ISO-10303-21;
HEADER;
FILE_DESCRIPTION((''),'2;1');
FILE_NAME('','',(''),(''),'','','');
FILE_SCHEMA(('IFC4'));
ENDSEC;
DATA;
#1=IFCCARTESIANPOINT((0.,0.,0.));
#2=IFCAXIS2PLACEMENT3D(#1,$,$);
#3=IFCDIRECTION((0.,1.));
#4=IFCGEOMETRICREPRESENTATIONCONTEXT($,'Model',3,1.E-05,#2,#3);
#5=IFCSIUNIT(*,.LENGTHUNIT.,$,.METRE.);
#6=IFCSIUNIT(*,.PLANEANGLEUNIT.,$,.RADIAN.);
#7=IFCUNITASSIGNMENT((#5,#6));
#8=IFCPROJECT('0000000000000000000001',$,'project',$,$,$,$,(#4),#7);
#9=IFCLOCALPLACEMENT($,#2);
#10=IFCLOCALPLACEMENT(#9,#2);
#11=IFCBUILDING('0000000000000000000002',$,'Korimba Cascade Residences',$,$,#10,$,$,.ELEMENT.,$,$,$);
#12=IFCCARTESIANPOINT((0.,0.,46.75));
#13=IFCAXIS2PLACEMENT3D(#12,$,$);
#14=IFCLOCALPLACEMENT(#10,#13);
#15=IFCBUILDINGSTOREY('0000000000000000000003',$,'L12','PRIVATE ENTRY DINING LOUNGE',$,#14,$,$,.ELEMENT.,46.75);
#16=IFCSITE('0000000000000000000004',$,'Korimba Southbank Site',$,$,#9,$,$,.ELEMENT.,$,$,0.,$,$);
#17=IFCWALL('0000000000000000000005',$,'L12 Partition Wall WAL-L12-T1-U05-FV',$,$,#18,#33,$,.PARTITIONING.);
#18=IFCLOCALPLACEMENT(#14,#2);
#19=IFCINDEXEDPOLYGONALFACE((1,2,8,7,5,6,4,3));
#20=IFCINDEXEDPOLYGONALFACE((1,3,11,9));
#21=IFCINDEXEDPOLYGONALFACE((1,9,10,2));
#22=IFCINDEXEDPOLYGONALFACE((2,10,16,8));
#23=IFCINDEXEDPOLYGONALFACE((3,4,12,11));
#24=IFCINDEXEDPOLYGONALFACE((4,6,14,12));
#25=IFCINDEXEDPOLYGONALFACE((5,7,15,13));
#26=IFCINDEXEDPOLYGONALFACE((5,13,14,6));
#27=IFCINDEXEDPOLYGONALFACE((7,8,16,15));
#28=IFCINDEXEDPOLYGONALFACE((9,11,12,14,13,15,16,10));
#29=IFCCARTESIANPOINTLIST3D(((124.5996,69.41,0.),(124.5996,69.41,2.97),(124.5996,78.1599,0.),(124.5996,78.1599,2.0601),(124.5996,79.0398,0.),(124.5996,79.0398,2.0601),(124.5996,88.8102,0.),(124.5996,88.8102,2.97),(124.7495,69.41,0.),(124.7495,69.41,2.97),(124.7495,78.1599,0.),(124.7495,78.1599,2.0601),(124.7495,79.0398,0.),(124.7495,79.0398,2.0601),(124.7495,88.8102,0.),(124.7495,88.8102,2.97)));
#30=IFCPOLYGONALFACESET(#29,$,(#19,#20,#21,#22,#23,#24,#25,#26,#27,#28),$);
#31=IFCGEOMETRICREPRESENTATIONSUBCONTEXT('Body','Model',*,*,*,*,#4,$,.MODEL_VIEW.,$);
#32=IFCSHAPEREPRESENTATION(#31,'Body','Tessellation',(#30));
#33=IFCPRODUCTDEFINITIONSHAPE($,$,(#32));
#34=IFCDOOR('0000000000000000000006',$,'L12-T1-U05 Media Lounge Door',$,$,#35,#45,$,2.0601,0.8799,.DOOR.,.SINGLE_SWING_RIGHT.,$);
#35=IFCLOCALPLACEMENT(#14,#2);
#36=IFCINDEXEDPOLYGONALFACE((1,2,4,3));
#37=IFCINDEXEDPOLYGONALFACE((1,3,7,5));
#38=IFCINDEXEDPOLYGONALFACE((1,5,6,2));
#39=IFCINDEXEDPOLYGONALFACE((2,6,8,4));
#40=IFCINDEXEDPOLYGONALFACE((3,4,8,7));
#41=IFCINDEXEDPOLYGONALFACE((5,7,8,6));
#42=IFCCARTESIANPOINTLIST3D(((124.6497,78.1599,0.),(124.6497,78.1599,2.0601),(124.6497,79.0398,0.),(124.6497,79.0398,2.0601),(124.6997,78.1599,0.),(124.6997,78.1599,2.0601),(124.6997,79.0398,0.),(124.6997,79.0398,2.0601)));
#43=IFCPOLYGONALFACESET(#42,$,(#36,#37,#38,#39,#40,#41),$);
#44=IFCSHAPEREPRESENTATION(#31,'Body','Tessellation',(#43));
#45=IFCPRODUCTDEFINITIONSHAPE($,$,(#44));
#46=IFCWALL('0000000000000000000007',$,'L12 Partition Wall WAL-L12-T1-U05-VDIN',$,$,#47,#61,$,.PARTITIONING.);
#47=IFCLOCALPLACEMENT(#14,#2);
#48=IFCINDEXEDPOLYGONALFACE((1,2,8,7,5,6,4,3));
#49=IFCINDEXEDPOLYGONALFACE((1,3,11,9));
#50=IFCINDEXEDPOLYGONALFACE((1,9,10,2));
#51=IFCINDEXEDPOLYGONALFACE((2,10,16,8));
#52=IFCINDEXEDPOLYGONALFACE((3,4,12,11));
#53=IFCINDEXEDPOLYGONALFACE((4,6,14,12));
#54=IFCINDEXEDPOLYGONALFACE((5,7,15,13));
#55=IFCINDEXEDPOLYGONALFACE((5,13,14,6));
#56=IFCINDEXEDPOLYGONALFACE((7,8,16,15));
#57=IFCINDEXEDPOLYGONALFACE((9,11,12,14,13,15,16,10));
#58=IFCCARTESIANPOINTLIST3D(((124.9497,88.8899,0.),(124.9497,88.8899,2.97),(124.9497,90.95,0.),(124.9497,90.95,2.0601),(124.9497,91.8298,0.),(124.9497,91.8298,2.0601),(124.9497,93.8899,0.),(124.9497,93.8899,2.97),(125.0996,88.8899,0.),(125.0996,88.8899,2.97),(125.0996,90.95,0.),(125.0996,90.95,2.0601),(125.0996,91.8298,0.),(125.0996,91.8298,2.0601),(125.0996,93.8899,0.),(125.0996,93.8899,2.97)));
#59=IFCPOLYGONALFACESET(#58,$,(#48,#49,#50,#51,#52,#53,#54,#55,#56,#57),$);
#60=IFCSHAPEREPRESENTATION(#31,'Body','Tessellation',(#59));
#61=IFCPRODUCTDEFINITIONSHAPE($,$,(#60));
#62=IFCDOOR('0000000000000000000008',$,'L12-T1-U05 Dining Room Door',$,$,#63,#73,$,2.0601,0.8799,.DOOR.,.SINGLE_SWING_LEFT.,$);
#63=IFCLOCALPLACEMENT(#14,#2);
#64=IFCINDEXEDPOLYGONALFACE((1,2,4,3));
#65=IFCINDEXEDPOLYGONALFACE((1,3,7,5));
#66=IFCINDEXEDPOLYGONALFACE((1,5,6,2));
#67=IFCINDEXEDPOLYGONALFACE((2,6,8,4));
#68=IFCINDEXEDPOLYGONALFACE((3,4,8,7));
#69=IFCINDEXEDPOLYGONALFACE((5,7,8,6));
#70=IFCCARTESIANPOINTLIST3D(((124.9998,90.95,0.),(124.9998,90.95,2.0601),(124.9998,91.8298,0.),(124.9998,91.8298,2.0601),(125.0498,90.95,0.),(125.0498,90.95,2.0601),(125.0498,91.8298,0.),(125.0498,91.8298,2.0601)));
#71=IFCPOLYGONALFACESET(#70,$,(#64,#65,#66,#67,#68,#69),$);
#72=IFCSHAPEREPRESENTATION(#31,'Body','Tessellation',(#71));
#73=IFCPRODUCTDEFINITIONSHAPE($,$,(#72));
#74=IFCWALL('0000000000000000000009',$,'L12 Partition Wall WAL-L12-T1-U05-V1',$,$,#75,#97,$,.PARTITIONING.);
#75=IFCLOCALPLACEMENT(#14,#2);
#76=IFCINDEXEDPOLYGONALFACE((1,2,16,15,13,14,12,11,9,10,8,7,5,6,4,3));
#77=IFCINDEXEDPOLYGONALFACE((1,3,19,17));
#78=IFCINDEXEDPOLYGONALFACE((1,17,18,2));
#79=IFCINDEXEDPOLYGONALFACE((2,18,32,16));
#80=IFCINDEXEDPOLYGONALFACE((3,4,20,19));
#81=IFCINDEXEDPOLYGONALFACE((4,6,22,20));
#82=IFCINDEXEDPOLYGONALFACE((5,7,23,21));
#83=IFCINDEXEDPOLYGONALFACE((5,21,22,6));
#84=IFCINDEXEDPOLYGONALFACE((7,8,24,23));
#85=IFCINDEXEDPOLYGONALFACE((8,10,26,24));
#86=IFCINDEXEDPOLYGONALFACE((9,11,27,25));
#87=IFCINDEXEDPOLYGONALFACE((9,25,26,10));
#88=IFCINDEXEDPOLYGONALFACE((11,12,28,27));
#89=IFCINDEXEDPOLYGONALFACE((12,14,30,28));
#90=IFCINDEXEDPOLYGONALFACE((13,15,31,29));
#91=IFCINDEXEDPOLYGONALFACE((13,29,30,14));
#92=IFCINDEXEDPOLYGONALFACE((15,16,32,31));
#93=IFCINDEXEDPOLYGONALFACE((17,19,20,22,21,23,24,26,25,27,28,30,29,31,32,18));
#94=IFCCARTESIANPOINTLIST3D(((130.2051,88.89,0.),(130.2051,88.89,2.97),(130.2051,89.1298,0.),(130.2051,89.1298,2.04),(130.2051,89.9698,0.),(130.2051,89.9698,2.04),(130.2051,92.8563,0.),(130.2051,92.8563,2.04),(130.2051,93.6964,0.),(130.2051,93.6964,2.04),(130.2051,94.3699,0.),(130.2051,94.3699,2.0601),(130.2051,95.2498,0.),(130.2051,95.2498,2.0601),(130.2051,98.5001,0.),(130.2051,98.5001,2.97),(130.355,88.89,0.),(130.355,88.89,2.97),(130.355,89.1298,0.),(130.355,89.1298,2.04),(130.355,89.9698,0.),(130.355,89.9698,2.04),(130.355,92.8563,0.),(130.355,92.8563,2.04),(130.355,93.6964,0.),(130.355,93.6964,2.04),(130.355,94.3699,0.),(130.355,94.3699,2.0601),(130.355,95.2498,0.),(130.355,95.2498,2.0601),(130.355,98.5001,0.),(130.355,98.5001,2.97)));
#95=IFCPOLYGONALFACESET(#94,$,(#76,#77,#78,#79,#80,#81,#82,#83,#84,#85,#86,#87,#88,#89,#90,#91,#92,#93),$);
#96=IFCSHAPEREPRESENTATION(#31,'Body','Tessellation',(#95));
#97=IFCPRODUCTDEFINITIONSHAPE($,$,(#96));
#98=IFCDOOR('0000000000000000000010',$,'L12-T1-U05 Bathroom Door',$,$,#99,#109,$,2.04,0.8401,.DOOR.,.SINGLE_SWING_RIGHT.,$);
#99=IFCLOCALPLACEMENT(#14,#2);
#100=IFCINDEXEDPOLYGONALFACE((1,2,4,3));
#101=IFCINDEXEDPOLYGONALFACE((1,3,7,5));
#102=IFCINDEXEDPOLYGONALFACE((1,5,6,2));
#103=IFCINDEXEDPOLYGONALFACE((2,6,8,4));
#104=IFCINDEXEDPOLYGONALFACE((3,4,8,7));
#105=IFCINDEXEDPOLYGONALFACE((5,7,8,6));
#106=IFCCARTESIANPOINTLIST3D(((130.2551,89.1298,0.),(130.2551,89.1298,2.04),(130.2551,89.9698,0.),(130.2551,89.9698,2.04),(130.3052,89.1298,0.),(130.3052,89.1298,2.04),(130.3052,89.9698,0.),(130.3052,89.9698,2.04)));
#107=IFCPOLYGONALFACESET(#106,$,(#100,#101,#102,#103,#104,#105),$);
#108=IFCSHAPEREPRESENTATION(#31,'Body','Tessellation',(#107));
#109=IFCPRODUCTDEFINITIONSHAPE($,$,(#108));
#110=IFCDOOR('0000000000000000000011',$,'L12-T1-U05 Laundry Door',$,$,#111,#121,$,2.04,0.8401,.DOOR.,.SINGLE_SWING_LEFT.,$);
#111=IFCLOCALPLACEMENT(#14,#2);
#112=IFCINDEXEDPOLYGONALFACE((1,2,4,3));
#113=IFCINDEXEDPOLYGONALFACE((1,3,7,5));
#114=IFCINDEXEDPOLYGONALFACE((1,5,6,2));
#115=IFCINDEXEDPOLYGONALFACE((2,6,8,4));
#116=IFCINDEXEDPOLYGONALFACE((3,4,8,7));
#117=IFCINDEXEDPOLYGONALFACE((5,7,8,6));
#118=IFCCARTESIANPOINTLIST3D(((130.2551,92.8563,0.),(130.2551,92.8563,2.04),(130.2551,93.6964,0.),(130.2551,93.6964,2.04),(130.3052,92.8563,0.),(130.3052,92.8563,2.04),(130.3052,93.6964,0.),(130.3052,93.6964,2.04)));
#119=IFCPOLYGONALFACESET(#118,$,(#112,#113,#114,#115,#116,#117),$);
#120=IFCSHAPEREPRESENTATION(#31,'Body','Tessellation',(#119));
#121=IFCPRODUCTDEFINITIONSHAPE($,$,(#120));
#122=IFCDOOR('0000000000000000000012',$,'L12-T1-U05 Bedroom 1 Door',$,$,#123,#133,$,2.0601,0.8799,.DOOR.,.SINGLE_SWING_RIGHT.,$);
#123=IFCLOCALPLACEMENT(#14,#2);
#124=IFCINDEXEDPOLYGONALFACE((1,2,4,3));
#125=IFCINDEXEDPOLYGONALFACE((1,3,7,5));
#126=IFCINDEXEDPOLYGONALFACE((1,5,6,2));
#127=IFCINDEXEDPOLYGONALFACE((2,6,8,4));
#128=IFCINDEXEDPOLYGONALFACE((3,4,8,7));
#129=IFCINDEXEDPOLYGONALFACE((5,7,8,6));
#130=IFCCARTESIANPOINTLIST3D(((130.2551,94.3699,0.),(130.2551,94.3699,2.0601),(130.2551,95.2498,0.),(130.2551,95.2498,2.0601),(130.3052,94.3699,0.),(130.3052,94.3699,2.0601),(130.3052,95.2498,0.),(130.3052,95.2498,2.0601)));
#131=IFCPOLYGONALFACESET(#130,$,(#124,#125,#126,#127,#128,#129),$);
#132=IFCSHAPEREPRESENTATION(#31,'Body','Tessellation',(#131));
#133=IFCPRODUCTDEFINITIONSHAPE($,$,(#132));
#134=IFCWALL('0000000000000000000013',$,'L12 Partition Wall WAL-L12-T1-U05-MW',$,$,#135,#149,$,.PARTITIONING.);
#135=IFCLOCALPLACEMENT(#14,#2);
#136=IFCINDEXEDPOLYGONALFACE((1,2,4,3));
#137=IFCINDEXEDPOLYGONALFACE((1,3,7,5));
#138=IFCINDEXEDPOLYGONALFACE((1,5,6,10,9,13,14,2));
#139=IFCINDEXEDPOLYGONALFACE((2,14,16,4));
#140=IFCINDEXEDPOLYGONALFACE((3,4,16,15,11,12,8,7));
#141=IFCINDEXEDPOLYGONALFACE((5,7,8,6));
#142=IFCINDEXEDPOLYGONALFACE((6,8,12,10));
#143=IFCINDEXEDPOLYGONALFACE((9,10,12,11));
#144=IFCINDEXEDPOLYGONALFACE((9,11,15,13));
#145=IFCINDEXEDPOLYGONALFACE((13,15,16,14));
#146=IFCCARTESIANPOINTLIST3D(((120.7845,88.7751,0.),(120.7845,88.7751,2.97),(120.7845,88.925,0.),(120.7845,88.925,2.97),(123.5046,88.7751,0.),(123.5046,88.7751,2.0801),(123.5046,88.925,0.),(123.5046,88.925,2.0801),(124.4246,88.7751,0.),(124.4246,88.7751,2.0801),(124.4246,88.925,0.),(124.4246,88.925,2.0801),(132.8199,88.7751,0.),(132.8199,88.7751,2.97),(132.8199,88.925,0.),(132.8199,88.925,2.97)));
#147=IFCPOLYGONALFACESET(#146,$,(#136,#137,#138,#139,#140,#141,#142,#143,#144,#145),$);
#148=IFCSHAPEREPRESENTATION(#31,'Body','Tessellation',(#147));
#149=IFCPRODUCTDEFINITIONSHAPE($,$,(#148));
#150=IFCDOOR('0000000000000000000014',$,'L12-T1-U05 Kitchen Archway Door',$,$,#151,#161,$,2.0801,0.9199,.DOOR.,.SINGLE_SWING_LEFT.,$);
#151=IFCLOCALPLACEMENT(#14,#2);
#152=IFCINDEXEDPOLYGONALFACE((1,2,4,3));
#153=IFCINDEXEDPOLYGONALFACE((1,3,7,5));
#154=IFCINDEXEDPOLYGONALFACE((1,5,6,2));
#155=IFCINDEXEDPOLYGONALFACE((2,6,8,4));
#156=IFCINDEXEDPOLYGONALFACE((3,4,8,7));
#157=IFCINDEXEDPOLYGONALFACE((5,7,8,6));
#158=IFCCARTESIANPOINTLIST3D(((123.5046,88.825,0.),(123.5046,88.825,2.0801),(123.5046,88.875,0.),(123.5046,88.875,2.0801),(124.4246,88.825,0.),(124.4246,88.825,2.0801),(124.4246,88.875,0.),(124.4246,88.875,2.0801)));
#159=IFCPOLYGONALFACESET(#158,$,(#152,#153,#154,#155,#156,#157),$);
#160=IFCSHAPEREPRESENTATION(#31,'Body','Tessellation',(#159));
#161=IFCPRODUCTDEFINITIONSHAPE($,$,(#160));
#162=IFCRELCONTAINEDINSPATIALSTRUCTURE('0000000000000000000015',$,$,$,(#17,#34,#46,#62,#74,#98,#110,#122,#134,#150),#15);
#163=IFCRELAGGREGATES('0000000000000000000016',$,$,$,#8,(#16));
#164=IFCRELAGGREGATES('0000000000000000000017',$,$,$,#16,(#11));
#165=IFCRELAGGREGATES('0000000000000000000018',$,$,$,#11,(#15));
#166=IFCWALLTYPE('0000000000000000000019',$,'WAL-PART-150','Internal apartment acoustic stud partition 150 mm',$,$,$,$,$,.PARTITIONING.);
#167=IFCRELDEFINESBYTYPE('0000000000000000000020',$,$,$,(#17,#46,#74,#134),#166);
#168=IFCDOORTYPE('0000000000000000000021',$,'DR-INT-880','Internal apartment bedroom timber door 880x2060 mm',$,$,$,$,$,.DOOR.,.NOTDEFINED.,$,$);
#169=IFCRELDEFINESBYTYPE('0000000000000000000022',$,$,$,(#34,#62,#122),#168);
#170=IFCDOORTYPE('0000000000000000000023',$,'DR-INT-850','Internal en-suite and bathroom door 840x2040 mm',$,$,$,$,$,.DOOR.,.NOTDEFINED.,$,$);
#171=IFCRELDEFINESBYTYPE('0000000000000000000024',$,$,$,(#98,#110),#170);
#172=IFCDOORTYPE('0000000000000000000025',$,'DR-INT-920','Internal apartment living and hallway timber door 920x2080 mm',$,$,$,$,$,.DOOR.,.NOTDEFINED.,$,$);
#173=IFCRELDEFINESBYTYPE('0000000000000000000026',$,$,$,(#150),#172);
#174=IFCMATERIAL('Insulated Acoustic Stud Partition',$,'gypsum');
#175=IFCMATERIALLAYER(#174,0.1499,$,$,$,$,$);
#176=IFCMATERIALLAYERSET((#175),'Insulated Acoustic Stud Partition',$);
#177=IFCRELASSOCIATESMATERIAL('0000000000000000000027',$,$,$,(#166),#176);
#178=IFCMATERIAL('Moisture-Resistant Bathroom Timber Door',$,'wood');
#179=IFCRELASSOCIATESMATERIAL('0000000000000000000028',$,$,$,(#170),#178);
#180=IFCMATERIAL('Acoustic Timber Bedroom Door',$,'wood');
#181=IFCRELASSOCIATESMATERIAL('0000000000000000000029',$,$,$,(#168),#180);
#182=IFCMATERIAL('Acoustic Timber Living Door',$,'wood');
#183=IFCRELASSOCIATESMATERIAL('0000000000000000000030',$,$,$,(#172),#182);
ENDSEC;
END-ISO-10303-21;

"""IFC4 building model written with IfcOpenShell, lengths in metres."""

from ifc_helpers import new_model, si_unit, direction, frame, frame_2d, origin, place, context, subcontext, project, spatial, rectangle, extrude, material, layer, layer_set, type_object, element, fill, save


model = new_model("IFC4")

# Units and contexts
model_context = context("Model", 3, precision=1e-05, world=origin(), true_north=direction((0.0, 1.0)))
body_context = subcontext(model_context, "Body", "Model", "MODEL_VIEW")
ifc_project = project(units=[si_unit("LENGTHUNIT", "METRE"), si_unit("PLANEANGLEUNIT", "RADIAN")], contexts=[model_context])

# Site, building, storey
site_placement = place(None, origin())
site = spatial("IfcSite", under=ifc_project, at=site_placement, Name="Korimba Southbank Site", CompositionType="ELEMENT", RefElevation=0.0)
building_placement = place(site_placement, origin())
building = spatial("IfcBuilding", under=site, at=building_placement, Name="Korimba Cascade Residences", CompositionType="ELEMENT")
storey_placement = place(building_placement, frame((0.0, 0.0, 46.75)))
storey = spatial("IfcBuildingStorey", under=building, at=storey_placement, Name="L12", Description="PRIVATE ENTRY DINING LOUNGE", CompositionType="ELEMENT", Elevation=46.75)

# Walls, openings, doors
ifc_material_1 = material(Name="Insulated Acoustic Stud Partition", Category="gypsum")
ifc_layer_1 = layer(ifc_material_1, 0.1499)
ifc_layer_set_1 = layer_set([ifc_layer_1], Name="Insulated Acoustic Stud Partition")
wall_type_1 = type_object("IfcWallType", Name="WAL-PART-150", Description="Internal apartment acoustic stud partition 150 mm", PredefinedType="PARTITIONING", material=ifc_layer_set_1)
ifc_material_2 = material(Name="Moisture-Resistant Bathroom Timber Door", Category="wood")
door_type_1 = type_object("IfcDoorType", Name="DR-INT-850", Description="Internal en-suite and bathroom door 840x2040 mm", OperationType="NOTDEFINED", PredefinedType="DOOR", material=ifc_material_2)
ifc_material_3 = material(Name="Acoustic Timber Bedroom Door", Category="wood")
door_type_2 = type_object("IfcDoorType", Name="DR-INT-880", Description="Internal apartment bedroom timber door 880x2060 mm", OperationType="NOTDEFINED", PredefinedType="DOOR", material=ifc_material_3)
wall_1_placement = place(storey_placement, frame((124.6746, 69.4099, 0.0), z_axis=(0.0, 0.0, 1.0), x_axis=(0.0, 1.0, 0.0)))
wall_1 = element("IfcWall", 1, at=wall_1_placement, inside=storey, type_object=wall_type_1, Name="L12 Partition Wall WAL-L12-T1-U05-FV", PredefinedType="PARTITIONING", context=body_context, shape_type="SweptSolid", body=[
    extrude(rectangle(XDim=19.4001, YDim=0.1499, at=frame_2d((9.7002, 0.0))), origin(), (0.0, 0.0, 1.0), 2.97),
])
opening_1_placement = place(wall_1_placement, frame((8.75, 0.0, 0.0)))
opening_1 = element("IfcOpeningElement", 2, at=opening_1_placement, cuts=wall_1, PredefinedType="OPENING", context=body_context, shape_type="SweptSolid", body=[
    extrude(rectangle(XDim=0.8799, YDim=2.0601, at=frame_2d((0.4399, 1.03))), frame((0.0, 0.085, 0.0), z_axis=(0.0, -1.0, 0.0), x_axis=(1.0, 0.0, 0.0)), (0.0, 0.0, 1.0), 0.1699),
])
door_1_placement = place(opening_1_placement, origin())
door_1 = element("IfcDoor", 3, at=door_1_placement, inside=storey, type_object=door_type_2, Name="L12-T1-U05 Media Lounge Door", OperationType="SINGLE_SWING_RIGHT", OverallHeight=2.0601, OverallWidth=0.8799, PredefinedType="DOOR", context=body_context, shape_type="SweptSolid", body=[
    extrude(rectangle(XDim=0.8799, YDim=2.0601, at=frame_2d((0.4399, 1.03))), frame((0.0, 0.0249, 0.0), z_axis=(0.0, -1.0, 0.0), x_axis=(1.0, 0.0, 0.0)), (0.0, 0.0, 1.0), 0.05),
])
fill(opening_1, door_1)
wall_2_placement = place(storey_placement, frame((125.0247, 88.8899, 0.0), z_axis=(0.0, 0.0, 1.0), x_axis=(0.0, 1.0, 0.0)))
wall_2 = element("IfcWall", 4, at=wall_2_placement, inside=storey, type_object=wall_type_1, Name="L12 Partition Wall WAL-L12-T1-U05-VDIN", PredefinedType="PARTITIONING", context=body_context, shape_type="SweptSolid", body=[
    extrude(rectangle(XDim=5.0, YDim=0.1499, at=frame_2d((2.5, 0.0))), origin(), (0.0, 0.0, 1.0), 2.97),
])
opening_2_placement = place(wall_2_placement, frame((2.0601, 0.0, 0.0)))
opening_2 = element("IfcOpeningElement", 5, at=opening_2_placement, cuts=wall_2, PredefinedType="OPENING", context=body_context, shape_type="SweptSolid", body=[
    extrude(rectangle(XDim=0.8799, YDim=2.0601, at=frame_2d((0.4399, 1.03))), frame((0.0, 0.085, 0.0), z_axis=(0.0, -1.0, 0.0), x_axis=(1.0, 0.0, 0.0)), (0.0, 0.0, 1.0), 0.1699),
])
door_2_placement = place(opening_2_placement, origin())
door_2 = element("IfcDoor", 6, at=door_2_placement, inside=storey, type_object=door_type_2, Name="L12-T1-U05 Dining Room Door", OperationType="SINGLE_SWING_LEFT", OverallHeight=2.0601, OverallWidth=0.8799, PredefinedType="DOOR", context=body_context, shape_type="SweptSolid", body=[
    extrude(rectangle(XDim=0.8799, YDim=2.0601, at=frame_2d((0.4399, 1.03))), frame((0.0, 0.0249, 0.0), z_axis=(0.0, -1.0, 0.0), x_axis=(1.0, 0.0, 0.0)), (0.0, 0.0, 1.0), 0.05),
])
fill(opening_2, door_2)

# Wall, openings, doors
wall_3_placement = place(storey_placement, frame((130.28, 88.8899, 0.0), z_axis=(0.0, 0.0, 1.0), x_axis=(0.0, 1.0, 0.0)))
wall_3 = element("IfcWall", 7, at=wall_3_placement, inside=storey, type_object=wall_type_1, Name="L12 Partition Wall WAL-L12-T1-U05-V1", PredefinedType="PARTITIONING", context=body_context, shape_type="SweptSolid", body=[
    extrude(rectangle(XDim=9.6101, YDim=0.1499, at=frame_2d((4.8052, 0.0))), origin(), (0.0, 0.0, 1.0), 2.97),
])
opening_3_placement = place(wall_3_placement, frame((0.24, 0.0, 0.0)))
opening_3 = element("IfcOpeningElement", 8, at=opening_3_placement, cuts=wall_3, PredefinedType="OPENING", context=body_context, shape_type="SweptSolid", body=[
    extrude(rectangle(XDim=0.8401, YDim=2.04, at=frame_2d((0.4199, 1.02))), frame((0.0, 0.085, 0.0), z_axis=(0.0, -1.0, 0.0), x_axis=(1.0, 0.0, 0.0)), (0.0, 0.0, 1.0), 0.1699),
])
opening_4_placement = place(wall_3_placement, frame((3.9666, 0.0, 0.0)))
opening_4 = element("IfcOpeningElement", 9, at=opening_4_placement, cuts=wall_3, PredefinedType="OPENING", context=body_context, shape_type="SweptSolid", body=[
    extrude(rectangle(XDim=0.8401, YDim=2.04, at=frame_2d((0.4199, 1.02))), frame((0.0, 0.085, 0.0), z_axis=(0.0, -1.0, 0.0), x_axis=(1.0, 0.0, 0.0)), (0.0, 0.0, 1.0), 0.1699),
])
opening_5_placement = place(wall_3_placement, frame((5.48, 0.0, 0.0)))
opening_5 = element("IfcOpeningElement", 10, at=opening_5_placement, cuts=wall_3, PredefinedType="OPENING", context=body_context, shape_type="SweptSolid", body=[
    extrude(rectangle(XDim=0.8799, YDim=2.0601, at=frame_2d((0.4399, 1.03))), frame((0.0, 0.085, 0.0), z_axis=(0.0, -1.0, 0.0), x_axis=(1.0, 0.0, 0.0)), (0.0, 0.0, 1.0), 0.1699),
])
door_3_placement = place(opening_3_placement, origin())
door_3 = element("IfcDoor", 11, at=door_3_placement, inside=storey, type_object=door_type_1, Name="L12-T1-U05 Bathroom Door", OperationType="SINGLE_SWING_RIGHT", OverallHeight=2.04, OverallWidth=0.8401, PredefinedType="DOOR", context=body_context, shape_type="SweptSolid", body=[
    extrude(rectangle(XDim=0.8401, YDim=2.04, at=frame_2d((0.4199, 1.02))), frame((0.0, 0.0249, 0.0), z_axis=(0.0, -1.0, 0.0), x_axis=(1.0, 0.0, 0.0)), (0.0, 0.0, 1.0), 0.05),
])
fill(opening_3, door_3)
door_4_placement = place(opening_4_placement, origin())
door_4 = element("IfcDoor", 12, at=door_4_placement, inside=storey, type_object=door_type_1, Name="L12-T1-U05 Laundry Door", OperationType="SINGLE_SWING_LEFT", OverallHeight=2.04, OverallWidth=0.8401, PredefinedType="DOOR", context=body_context, shape_type="SweptSolid", body=[
    extrude(rectangle(XDim=0.8401, YDim=2.04, at=frame_2d((0.4199, 1.02))), frame((0.0, 0.0249, 0.0), z_axis=(0.0, -1.0, 0.0), x_axis=(1.0, 0.0, 0.0)), (0.0, 0.0, 1.0), 0.05),
])
fill(opening_4, door_4)
door_5_placement = place(opening_5_placement, origin())
door_5 = element("IfcDoor", 13, at=door_5_placement, inside=storey, type_object=door_type_2, Name="L12-T1-U05 Bedroom 1 Door", OperationType="SINGLE_SWING_RIGHT", OverallHeight=2.0601, OverallWidth=0.8799, PredefinedType="DOOR", context=body_context, shape_type="SweptSolid", body=[
    extrude(rectangle(XDim=0.8799, YDim=2.0601, at=frame_2d((0.4399, 1.03))), frame((0.0, 0.0249, 0.0), z_axis=(0.0, -1.0, 0.0), x_axis=(1.0, 0.0, 0.0)), (0.0, 0.0, 1.0), 0.05),
])
fill(opening_5, door_5)

# Wall, opening, door
wall_4_placement = place(storey_placement, frame((120.7847, 88.8501, 0.0), z_axis=(0.0, 0.0, 1.0), x_axis=(1.0, 0.0, 0.0)))
wall_4 = element("IfcWall", 14, at=wall_4_placement, inside=storey, type_object=wall_type_1, Name="L12 Partition Wall WAL-L12-T1-U05-MW", PredefinedType="PARTITIONING", context=body_context, shape_type="SweptSolid", body=[
    extrude(rectangle(XDim=12.0354, YDim=0.1499, at=frame_2d((6.0176, 0.0))), origin(), (0.0, 0.0, 1.0), 2.97),
])
opening_6_placement = place(wall_4_placement, frame((2.72, 0.0, 0.0)))
opening_6 = element("IfcOpeningElement", 15, at=opening_6_placement, cuts=wall_4, PredefinedType="OPENING", context=body_context, shape_type="SweptSolid", body=[
    extrude(rectangle(XDim=0.9199, YDim=2.0801, at=frame_2d((0.46, 1.04))), frame((0.0, 0.085, 0.0), z_axis=(0.0, -1.0, 0.0), x_axis=(1.0, 0.0, 0.0)), (0.0, 0.0, 1.0), 0.1699),
])
ifc_material_4 = material(Name="Acoustic Timber Living Door", Category="wood")
door_type_3 = type_object("IfcDoorType", Name="DR-INT-920", Description="Internal apartment living and hallway timber door 920x2080 mm", OperationType="NOTDEFINED", PredefinedType="DOOR", material=ifc_material_4)
door_6_placement = place(opening_6_placement, origin())
door_6 = element("IfcDoor", 16, at=door_6_placement, inside=storey, type_object=door_type_3, Name="L12-T1-U05 Kitchen Archway Door", OperationType="SINGLE_SWING_LEFT", OverallHeight=2.0801, OverallWidth=0.9199, PredefinedType="DOOR", context=body_context, shape_type="SweptSolid", body=[
    extrude(rectangle(XDim=0.9199, YDim=2.0801, at=frame_2d((0.46, 1.04))), frame((0.0, 0.0249, 0.0), z_axis=(0.0, -1.0, 0.0), x_axis=(1.0, 0.0, 0.0)), (0.0, 0.0, 1.0), 0.05),
])
fill(opening_6, door_6)

save(model, "model.ifc")
